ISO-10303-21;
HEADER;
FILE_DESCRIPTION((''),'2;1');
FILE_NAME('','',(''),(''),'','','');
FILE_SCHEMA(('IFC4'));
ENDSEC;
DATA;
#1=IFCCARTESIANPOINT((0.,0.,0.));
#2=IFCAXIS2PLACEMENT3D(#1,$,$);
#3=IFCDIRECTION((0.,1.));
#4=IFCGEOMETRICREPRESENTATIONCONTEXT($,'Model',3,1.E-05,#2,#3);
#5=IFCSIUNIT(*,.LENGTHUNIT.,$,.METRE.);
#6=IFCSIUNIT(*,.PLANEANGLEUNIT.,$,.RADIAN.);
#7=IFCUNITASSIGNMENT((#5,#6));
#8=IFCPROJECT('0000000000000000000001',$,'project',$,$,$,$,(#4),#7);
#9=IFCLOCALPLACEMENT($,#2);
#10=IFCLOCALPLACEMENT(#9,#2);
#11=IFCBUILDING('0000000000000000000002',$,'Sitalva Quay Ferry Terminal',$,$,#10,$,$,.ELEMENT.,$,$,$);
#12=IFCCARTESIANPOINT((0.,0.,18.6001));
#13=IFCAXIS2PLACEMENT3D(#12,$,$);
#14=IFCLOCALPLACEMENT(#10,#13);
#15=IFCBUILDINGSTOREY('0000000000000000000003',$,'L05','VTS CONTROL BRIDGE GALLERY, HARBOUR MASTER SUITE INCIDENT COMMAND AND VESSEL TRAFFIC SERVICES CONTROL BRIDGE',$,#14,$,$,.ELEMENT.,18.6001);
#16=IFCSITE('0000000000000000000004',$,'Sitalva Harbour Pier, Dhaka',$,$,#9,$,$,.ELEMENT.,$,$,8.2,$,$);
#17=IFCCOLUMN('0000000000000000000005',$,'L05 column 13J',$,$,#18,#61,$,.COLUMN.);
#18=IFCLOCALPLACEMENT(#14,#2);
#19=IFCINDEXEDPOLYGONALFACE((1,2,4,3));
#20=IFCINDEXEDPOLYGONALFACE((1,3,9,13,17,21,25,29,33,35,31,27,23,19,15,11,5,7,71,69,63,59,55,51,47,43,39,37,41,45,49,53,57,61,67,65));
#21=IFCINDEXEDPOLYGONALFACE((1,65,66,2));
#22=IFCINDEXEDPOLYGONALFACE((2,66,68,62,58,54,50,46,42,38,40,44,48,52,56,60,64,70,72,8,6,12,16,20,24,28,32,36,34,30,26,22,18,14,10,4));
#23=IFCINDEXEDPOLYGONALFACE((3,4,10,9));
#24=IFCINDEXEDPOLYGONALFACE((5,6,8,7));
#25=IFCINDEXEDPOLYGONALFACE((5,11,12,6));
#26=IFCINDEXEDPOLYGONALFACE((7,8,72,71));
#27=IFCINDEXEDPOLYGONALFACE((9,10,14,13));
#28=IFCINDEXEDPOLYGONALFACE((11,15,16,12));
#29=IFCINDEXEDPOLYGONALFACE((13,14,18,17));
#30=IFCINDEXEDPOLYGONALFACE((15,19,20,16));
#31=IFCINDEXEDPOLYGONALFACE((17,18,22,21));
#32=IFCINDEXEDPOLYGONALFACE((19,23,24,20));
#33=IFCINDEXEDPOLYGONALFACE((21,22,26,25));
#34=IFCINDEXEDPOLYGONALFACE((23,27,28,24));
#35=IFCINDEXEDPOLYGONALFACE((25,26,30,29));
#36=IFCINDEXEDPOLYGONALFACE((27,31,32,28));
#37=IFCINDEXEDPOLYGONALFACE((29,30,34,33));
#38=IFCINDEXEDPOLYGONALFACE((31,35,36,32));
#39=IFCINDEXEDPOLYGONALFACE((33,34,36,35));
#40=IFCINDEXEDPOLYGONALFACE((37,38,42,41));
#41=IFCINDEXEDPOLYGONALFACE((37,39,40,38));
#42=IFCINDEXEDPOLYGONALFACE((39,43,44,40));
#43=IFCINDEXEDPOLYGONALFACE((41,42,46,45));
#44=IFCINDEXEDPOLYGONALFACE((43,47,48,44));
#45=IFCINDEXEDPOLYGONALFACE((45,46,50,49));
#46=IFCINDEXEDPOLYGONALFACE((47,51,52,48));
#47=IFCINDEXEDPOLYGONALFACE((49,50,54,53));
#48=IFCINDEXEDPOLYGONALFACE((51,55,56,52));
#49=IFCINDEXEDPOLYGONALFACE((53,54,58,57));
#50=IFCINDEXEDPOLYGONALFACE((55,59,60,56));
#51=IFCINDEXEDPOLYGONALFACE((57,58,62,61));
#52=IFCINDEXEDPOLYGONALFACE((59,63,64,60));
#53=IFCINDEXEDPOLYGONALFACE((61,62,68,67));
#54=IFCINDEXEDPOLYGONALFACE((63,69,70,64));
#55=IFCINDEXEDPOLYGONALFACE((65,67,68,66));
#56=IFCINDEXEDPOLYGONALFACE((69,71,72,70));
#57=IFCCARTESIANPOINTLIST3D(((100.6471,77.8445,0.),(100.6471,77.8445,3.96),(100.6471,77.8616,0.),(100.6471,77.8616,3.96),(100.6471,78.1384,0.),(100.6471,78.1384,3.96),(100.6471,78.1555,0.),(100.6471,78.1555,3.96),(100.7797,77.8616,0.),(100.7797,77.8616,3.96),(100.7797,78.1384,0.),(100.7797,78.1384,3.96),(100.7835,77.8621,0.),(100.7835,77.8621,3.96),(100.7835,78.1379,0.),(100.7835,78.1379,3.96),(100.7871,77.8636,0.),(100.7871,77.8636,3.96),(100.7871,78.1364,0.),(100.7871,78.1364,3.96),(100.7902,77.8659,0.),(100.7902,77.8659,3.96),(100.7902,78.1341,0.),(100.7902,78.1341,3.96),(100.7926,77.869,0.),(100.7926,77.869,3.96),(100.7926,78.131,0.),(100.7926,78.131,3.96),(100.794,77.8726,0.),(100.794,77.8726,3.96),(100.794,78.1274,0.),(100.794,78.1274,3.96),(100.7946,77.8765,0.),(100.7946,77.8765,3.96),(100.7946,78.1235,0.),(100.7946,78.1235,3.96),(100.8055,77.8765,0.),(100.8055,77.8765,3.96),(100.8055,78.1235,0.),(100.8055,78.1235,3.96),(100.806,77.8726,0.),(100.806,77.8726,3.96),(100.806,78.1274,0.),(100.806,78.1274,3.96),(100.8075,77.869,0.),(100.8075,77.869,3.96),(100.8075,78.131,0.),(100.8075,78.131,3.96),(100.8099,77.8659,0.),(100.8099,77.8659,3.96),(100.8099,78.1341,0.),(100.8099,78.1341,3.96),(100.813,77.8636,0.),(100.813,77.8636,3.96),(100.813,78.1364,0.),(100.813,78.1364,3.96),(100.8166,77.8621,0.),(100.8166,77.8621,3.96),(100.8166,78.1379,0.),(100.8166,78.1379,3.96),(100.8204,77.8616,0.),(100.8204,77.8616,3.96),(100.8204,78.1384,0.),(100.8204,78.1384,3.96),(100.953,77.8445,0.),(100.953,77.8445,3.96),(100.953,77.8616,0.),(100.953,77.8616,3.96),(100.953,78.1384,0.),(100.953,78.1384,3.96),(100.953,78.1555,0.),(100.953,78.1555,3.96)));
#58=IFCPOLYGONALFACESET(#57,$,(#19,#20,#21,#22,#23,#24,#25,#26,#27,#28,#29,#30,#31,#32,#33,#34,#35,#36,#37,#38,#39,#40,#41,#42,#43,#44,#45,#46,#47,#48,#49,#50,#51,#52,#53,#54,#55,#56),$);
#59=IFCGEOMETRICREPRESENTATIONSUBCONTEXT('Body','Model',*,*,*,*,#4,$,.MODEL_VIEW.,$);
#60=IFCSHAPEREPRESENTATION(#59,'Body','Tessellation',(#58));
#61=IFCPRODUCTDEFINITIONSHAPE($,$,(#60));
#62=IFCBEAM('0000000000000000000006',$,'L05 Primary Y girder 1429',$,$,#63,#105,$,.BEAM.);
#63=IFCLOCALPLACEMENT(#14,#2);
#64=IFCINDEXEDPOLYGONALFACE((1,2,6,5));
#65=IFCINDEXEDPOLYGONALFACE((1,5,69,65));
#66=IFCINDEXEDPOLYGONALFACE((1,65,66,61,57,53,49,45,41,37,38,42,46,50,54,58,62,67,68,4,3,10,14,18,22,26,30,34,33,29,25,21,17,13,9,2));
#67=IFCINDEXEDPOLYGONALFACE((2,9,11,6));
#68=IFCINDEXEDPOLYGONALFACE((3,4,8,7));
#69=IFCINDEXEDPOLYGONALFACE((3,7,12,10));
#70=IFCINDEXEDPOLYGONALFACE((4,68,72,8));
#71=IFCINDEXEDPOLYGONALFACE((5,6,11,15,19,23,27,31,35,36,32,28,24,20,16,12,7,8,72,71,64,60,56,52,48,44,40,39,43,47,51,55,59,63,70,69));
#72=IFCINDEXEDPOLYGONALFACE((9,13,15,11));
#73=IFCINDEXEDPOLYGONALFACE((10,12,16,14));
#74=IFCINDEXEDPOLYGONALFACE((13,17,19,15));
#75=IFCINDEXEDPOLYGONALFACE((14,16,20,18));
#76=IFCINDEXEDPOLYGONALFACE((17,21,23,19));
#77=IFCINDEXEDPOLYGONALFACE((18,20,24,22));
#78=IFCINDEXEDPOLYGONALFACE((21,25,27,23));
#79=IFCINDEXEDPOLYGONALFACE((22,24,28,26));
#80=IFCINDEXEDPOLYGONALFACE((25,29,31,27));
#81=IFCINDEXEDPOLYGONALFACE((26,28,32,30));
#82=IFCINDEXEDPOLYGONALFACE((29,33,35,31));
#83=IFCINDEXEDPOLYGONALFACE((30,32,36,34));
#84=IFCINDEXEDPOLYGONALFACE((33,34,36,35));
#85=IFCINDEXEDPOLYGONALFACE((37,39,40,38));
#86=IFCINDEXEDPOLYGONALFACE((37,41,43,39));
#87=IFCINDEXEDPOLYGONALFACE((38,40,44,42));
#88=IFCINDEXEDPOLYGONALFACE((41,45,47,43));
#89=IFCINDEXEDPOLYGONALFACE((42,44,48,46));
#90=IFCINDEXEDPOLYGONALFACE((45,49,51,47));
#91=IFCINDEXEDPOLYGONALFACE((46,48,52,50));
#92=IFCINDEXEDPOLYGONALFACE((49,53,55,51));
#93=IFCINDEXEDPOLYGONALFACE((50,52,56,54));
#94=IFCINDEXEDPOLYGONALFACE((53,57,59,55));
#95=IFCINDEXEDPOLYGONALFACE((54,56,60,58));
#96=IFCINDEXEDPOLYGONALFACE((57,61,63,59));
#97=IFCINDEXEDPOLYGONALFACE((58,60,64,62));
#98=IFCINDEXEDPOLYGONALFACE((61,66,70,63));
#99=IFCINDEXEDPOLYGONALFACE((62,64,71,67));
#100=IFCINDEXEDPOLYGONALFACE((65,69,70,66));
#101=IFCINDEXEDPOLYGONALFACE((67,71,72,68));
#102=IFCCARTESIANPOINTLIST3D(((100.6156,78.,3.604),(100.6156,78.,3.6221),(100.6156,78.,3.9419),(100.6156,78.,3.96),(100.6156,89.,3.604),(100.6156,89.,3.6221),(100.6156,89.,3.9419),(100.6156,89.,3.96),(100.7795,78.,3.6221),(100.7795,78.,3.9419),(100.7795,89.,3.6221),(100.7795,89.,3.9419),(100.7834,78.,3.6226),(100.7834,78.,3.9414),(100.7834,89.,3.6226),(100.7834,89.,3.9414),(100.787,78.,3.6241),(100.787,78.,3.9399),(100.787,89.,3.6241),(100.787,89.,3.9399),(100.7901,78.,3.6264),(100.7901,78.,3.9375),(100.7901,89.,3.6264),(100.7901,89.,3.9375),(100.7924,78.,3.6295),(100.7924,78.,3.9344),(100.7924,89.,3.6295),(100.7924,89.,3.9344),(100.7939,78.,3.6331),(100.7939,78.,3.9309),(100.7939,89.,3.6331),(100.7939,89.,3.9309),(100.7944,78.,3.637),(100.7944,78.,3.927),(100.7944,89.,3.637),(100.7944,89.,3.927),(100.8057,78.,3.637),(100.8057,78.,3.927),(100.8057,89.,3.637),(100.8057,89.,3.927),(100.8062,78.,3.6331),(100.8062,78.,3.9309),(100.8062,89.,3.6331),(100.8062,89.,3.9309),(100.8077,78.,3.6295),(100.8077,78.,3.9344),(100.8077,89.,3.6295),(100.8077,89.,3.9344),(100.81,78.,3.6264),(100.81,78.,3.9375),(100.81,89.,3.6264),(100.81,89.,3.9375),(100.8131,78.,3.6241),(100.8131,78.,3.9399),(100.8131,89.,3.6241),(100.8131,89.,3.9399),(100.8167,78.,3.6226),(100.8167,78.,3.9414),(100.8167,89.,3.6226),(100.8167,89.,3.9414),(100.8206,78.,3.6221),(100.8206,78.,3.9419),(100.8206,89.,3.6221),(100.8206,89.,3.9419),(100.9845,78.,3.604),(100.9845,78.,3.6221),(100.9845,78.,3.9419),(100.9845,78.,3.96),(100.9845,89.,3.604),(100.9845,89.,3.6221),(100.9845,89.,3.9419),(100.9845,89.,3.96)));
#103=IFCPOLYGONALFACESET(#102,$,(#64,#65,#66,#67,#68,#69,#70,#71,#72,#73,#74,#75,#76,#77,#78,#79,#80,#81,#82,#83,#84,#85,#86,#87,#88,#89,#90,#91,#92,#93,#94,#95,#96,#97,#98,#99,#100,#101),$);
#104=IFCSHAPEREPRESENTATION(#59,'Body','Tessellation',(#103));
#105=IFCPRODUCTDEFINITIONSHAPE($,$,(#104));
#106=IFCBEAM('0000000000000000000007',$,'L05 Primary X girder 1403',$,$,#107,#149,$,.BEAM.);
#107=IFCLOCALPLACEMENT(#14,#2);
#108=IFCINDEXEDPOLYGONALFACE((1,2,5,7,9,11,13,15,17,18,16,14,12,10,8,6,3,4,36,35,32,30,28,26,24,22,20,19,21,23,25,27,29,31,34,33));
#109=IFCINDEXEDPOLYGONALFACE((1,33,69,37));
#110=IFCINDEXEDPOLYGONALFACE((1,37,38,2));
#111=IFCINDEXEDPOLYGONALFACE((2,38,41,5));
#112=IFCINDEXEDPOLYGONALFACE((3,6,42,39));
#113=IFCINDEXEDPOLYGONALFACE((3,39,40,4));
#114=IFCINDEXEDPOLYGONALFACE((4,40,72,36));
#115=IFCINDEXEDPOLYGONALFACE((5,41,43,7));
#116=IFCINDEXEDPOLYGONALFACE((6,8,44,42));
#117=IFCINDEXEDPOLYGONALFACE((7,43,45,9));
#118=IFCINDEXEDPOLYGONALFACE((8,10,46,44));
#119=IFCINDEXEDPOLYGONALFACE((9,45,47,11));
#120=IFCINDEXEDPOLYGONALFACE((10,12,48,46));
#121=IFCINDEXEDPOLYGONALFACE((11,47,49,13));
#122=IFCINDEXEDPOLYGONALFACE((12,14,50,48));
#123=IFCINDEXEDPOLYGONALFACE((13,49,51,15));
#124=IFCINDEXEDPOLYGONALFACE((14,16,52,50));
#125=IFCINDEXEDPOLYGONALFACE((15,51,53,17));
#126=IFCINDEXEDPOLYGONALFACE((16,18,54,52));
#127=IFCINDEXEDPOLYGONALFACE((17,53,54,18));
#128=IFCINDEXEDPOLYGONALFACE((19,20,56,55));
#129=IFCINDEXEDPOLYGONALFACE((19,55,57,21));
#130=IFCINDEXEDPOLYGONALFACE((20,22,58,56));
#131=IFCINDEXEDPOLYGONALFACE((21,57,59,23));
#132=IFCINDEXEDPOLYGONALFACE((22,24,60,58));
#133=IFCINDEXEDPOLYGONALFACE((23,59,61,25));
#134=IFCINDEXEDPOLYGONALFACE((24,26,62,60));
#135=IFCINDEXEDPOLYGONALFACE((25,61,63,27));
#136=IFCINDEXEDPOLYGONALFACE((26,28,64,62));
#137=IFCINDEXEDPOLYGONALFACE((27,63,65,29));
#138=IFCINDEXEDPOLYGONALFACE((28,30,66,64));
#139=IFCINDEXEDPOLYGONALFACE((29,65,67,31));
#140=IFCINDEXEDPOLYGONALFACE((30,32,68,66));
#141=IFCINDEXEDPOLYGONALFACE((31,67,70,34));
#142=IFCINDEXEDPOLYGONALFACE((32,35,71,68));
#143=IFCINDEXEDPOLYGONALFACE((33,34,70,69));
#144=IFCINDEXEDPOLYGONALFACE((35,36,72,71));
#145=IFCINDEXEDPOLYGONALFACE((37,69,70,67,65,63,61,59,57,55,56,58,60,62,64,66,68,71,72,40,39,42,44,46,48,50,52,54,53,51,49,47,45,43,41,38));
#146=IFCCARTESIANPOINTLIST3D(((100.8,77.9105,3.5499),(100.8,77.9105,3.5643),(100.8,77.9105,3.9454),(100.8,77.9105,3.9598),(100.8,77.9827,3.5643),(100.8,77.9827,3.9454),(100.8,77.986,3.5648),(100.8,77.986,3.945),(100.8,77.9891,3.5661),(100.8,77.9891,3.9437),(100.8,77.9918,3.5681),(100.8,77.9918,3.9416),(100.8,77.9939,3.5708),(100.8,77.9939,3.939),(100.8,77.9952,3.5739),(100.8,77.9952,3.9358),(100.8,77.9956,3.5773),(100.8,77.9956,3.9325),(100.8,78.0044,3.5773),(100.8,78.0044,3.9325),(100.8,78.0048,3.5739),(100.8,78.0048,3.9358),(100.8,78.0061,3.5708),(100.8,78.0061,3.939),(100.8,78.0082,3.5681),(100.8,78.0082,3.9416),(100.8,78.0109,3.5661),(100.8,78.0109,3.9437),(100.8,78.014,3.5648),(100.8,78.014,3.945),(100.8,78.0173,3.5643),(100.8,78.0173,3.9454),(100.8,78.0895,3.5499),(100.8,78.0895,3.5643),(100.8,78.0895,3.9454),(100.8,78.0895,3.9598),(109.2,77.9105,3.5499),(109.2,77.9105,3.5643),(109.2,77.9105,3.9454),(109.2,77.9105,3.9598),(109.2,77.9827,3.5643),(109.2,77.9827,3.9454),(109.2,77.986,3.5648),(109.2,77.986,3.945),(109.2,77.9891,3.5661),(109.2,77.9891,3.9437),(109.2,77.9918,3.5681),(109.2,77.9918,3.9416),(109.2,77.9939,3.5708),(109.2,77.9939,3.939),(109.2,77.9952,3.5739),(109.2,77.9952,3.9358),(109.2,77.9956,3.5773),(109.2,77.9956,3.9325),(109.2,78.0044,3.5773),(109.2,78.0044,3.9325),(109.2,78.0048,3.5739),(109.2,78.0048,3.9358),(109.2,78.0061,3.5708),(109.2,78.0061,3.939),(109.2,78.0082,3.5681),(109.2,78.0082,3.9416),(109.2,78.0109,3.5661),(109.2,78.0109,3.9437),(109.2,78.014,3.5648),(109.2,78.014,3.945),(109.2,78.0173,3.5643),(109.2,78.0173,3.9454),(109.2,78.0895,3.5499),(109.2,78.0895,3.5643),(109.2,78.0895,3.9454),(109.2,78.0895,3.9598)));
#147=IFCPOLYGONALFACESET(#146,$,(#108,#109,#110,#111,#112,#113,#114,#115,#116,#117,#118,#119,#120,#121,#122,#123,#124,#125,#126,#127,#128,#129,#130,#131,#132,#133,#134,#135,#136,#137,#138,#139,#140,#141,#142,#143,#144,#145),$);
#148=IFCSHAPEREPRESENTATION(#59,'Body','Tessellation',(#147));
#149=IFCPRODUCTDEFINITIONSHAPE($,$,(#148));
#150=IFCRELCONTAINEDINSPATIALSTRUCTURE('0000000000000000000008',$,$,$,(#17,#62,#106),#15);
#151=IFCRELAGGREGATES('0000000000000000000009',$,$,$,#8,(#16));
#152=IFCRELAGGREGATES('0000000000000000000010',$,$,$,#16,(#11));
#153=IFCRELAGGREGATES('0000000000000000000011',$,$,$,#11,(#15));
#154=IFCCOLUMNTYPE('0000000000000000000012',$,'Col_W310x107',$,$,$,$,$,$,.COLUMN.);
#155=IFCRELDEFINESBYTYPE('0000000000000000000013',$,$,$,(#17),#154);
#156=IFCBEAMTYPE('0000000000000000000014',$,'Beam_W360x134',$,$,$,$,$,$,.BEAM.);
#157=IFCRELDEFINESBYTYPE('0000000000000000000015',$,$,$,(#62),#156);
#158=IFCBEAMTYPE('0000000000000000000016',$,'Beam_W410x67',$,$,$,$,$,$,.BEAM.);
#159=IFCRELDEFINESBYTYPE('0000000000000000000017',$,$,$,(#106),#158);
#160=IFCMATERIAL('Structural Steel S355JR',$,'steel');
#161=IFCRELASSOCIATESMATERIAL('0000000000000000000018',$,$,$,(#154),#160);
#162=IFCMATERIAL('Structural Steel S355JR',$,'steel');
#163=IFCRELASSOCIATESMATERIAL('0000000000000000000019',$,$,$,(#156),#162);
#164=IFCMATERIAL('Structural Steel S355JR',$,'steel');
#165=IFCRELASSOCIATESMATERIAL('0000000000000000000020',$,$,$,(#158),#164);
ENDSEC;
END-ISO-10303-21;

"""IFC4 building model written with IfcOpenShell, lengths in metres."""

from ifc_helpers import new_model, si_unit, direction, frame, origin, origin_2d, place, context, subcontext, project, spatial, i_section, extrude, material, material_profile, profile_set, type_object, element, save


model = new_model("IFC4")

# Units and contexts
model_context = context("Model", 3, precision=1e-05, world=origin(), true_north=direction((0.0, 1.0)))
body_context = subcontext(model_context, "Body", "Model", "MODEL_VIEW")
ifc_project = project(units=[si_unit("LENGTHUNIT", "METRE"), si_unit("PLANEANGLEUNIT", "RADIAN")], contexts=[model_context])

# Site, building, storey
site_placement = place(None, origin())
site = spatial("IfcSite", under=ifc_project, at=site_placement, Name="Sitalva Harbour Pier, Dhaka", CompositionType="ELEMENT", RefElevation=8.2)
building_placement = place(site_placement, origin())
building = spatial("IfcBuilding", under=site, at=building_placement, Name="Sitalva Quay Ferry Terminal", CompositionType="ELEMENT")
storey_placement = place(building_placement, frame((0.0, 0.0, 18.6001)))
storey = spatial("IfcBuildingStorey", under=building, at=storey_placement, Name="L05", Description="VTS CONTROL BRIDGE GALLERY, HARBOUR MASTER SUITE INCIDENT COMMAND AND VESSEL TRAFFIC SERVICES CONTROL BRIDGE", CompositionType="ELEMENT", Elevation=18.6001)

# Column
ifc_material_1 = material(Name="Structural Steel S355JR", Category="steel")
ifc_material_profile_1 = material_profile(ifc_material_1, i_section(OverallWidth=0.3059, OverallDepth=0.311, WebThickness=0.011, FlangeThickness=0.0171, FilletRadius=0.0149, at=origin_2d()), Name="W310x107")
ifc_profile_set_1 = profile_set([ifc_material_profile_1], Name="Structural Steel S355JR")
column_type = type_object("IfcColumnType", Name="Col_W310x107", PredefinedType="COLUMN", material=ifc_profile_set_1)
column_placement = place(storey_placement, frame((100.8, 78.0, 0.0), z_axis=(0.0, 0.0, 1.0), x_axis=(1.0, 0.0, 0.0)))
element("IfcColumn", 1, at=column_placement, inside=storey, type_object=column_type, Name="L05 column 13J", PredefinedType="COLUMN", context=body_context, shape_type="SweptSolid", body=[
    extrude(i_section(OverallWidth=0.3059, OverallDepth=0.311, WebThickness=0.011, FlangeThickness=0.0171, FilletRadius=0.0149, at=origin_2d()), origin(), (0.0, 0.0, 1.0), 3.96),
])

# Beams
ifc_material_2 = material(Name="Structural Steel S355JR", Category="steel")
ifc_material_profile_2 = material_profile(ifc_material_2, i_section(OverallWidth=0.3689, OverallDepth=0.356, WebThickness=0.0112, FlangeThickness=0.0181, FilletRadius=0.0149, at=origin_2d()), Name="W360x134")
ifc_profile_set_2 = profile_set([ifc_material_profile_2], Name="Structural Steel S355JR")
beam_type_1 = type_object("IfcBeamType", Name="Beam_W360x134", PredefinedType="BEAM", material=ifc_profile_set_2)
beam_1_placement = place(storey_placement, frame((100.8, 78.0, 3.782), z_axis=(0.0, 1.0, 0.0), x_axis=(-1.0, 0.0, 0.0)))
element("IfcBeam", 2, at=beam_1_placement, inside=storey, type_object=beam_type_1, Name="L05 Primary Y girder 1429", PredefinedType="BEAM", context=body_context, shape_type="SweptSolid", body=[
    extrude(i_section(OverallWidth=0.3689, OverallDepth=0.356, WebThickness=0.0112, FlangeThickness=0.0181, FilletRadius=0.0149, at=origin_2d()), origin(), (0.0, 0.0, 1.0), 11.0),
])
ifc_material_3 = material(Name="Structural Steel S355JR", Category="steel")
ifc_material_profile_3 = material_profile(ifc_material_3, i_section(OverallWidth=0.179, OverallDepth=0.4099, WebThickness=0.0088, FlangeThickness=0.0144, FilletRadius=0.0129, at=origin_2d()), Name="W410x67")
ifc_profile_set_3 = profile_set([ifc_material_profile_3], Name="Structural Steel S355JR")
beam_type_2 = type_object("IfcBeamType", Name="Beam_W410x67", PredefinedType="BEAM", material=ifc_profile_set_3)
beam_2_placement = place(storey_placement, frame((100.8, 78.0, 3.7549), z_axis=(1.0, 0.0, 0.0), x_axis=(0.0, 1.0, 0.0)))
element("IfcBeam", 3, at=beam_2_placement, inside=storey, type_object=beam_type_2, Name="L05 Primary X girder 1403", PredefinedType="BEAM", context=body_context, shape_type="SweptSolid", body=[
    extrude(i_section(OverallWidth=0.179, OverallDepth=0.4099, WebThickness=0.0088, FlangeThickness=0.0144, FilletRadius=0.0129, at=origin_2d()), origin(), (0.0, 0.0, 1.0), 8.3999),
])

save(model, "model.ifc")
